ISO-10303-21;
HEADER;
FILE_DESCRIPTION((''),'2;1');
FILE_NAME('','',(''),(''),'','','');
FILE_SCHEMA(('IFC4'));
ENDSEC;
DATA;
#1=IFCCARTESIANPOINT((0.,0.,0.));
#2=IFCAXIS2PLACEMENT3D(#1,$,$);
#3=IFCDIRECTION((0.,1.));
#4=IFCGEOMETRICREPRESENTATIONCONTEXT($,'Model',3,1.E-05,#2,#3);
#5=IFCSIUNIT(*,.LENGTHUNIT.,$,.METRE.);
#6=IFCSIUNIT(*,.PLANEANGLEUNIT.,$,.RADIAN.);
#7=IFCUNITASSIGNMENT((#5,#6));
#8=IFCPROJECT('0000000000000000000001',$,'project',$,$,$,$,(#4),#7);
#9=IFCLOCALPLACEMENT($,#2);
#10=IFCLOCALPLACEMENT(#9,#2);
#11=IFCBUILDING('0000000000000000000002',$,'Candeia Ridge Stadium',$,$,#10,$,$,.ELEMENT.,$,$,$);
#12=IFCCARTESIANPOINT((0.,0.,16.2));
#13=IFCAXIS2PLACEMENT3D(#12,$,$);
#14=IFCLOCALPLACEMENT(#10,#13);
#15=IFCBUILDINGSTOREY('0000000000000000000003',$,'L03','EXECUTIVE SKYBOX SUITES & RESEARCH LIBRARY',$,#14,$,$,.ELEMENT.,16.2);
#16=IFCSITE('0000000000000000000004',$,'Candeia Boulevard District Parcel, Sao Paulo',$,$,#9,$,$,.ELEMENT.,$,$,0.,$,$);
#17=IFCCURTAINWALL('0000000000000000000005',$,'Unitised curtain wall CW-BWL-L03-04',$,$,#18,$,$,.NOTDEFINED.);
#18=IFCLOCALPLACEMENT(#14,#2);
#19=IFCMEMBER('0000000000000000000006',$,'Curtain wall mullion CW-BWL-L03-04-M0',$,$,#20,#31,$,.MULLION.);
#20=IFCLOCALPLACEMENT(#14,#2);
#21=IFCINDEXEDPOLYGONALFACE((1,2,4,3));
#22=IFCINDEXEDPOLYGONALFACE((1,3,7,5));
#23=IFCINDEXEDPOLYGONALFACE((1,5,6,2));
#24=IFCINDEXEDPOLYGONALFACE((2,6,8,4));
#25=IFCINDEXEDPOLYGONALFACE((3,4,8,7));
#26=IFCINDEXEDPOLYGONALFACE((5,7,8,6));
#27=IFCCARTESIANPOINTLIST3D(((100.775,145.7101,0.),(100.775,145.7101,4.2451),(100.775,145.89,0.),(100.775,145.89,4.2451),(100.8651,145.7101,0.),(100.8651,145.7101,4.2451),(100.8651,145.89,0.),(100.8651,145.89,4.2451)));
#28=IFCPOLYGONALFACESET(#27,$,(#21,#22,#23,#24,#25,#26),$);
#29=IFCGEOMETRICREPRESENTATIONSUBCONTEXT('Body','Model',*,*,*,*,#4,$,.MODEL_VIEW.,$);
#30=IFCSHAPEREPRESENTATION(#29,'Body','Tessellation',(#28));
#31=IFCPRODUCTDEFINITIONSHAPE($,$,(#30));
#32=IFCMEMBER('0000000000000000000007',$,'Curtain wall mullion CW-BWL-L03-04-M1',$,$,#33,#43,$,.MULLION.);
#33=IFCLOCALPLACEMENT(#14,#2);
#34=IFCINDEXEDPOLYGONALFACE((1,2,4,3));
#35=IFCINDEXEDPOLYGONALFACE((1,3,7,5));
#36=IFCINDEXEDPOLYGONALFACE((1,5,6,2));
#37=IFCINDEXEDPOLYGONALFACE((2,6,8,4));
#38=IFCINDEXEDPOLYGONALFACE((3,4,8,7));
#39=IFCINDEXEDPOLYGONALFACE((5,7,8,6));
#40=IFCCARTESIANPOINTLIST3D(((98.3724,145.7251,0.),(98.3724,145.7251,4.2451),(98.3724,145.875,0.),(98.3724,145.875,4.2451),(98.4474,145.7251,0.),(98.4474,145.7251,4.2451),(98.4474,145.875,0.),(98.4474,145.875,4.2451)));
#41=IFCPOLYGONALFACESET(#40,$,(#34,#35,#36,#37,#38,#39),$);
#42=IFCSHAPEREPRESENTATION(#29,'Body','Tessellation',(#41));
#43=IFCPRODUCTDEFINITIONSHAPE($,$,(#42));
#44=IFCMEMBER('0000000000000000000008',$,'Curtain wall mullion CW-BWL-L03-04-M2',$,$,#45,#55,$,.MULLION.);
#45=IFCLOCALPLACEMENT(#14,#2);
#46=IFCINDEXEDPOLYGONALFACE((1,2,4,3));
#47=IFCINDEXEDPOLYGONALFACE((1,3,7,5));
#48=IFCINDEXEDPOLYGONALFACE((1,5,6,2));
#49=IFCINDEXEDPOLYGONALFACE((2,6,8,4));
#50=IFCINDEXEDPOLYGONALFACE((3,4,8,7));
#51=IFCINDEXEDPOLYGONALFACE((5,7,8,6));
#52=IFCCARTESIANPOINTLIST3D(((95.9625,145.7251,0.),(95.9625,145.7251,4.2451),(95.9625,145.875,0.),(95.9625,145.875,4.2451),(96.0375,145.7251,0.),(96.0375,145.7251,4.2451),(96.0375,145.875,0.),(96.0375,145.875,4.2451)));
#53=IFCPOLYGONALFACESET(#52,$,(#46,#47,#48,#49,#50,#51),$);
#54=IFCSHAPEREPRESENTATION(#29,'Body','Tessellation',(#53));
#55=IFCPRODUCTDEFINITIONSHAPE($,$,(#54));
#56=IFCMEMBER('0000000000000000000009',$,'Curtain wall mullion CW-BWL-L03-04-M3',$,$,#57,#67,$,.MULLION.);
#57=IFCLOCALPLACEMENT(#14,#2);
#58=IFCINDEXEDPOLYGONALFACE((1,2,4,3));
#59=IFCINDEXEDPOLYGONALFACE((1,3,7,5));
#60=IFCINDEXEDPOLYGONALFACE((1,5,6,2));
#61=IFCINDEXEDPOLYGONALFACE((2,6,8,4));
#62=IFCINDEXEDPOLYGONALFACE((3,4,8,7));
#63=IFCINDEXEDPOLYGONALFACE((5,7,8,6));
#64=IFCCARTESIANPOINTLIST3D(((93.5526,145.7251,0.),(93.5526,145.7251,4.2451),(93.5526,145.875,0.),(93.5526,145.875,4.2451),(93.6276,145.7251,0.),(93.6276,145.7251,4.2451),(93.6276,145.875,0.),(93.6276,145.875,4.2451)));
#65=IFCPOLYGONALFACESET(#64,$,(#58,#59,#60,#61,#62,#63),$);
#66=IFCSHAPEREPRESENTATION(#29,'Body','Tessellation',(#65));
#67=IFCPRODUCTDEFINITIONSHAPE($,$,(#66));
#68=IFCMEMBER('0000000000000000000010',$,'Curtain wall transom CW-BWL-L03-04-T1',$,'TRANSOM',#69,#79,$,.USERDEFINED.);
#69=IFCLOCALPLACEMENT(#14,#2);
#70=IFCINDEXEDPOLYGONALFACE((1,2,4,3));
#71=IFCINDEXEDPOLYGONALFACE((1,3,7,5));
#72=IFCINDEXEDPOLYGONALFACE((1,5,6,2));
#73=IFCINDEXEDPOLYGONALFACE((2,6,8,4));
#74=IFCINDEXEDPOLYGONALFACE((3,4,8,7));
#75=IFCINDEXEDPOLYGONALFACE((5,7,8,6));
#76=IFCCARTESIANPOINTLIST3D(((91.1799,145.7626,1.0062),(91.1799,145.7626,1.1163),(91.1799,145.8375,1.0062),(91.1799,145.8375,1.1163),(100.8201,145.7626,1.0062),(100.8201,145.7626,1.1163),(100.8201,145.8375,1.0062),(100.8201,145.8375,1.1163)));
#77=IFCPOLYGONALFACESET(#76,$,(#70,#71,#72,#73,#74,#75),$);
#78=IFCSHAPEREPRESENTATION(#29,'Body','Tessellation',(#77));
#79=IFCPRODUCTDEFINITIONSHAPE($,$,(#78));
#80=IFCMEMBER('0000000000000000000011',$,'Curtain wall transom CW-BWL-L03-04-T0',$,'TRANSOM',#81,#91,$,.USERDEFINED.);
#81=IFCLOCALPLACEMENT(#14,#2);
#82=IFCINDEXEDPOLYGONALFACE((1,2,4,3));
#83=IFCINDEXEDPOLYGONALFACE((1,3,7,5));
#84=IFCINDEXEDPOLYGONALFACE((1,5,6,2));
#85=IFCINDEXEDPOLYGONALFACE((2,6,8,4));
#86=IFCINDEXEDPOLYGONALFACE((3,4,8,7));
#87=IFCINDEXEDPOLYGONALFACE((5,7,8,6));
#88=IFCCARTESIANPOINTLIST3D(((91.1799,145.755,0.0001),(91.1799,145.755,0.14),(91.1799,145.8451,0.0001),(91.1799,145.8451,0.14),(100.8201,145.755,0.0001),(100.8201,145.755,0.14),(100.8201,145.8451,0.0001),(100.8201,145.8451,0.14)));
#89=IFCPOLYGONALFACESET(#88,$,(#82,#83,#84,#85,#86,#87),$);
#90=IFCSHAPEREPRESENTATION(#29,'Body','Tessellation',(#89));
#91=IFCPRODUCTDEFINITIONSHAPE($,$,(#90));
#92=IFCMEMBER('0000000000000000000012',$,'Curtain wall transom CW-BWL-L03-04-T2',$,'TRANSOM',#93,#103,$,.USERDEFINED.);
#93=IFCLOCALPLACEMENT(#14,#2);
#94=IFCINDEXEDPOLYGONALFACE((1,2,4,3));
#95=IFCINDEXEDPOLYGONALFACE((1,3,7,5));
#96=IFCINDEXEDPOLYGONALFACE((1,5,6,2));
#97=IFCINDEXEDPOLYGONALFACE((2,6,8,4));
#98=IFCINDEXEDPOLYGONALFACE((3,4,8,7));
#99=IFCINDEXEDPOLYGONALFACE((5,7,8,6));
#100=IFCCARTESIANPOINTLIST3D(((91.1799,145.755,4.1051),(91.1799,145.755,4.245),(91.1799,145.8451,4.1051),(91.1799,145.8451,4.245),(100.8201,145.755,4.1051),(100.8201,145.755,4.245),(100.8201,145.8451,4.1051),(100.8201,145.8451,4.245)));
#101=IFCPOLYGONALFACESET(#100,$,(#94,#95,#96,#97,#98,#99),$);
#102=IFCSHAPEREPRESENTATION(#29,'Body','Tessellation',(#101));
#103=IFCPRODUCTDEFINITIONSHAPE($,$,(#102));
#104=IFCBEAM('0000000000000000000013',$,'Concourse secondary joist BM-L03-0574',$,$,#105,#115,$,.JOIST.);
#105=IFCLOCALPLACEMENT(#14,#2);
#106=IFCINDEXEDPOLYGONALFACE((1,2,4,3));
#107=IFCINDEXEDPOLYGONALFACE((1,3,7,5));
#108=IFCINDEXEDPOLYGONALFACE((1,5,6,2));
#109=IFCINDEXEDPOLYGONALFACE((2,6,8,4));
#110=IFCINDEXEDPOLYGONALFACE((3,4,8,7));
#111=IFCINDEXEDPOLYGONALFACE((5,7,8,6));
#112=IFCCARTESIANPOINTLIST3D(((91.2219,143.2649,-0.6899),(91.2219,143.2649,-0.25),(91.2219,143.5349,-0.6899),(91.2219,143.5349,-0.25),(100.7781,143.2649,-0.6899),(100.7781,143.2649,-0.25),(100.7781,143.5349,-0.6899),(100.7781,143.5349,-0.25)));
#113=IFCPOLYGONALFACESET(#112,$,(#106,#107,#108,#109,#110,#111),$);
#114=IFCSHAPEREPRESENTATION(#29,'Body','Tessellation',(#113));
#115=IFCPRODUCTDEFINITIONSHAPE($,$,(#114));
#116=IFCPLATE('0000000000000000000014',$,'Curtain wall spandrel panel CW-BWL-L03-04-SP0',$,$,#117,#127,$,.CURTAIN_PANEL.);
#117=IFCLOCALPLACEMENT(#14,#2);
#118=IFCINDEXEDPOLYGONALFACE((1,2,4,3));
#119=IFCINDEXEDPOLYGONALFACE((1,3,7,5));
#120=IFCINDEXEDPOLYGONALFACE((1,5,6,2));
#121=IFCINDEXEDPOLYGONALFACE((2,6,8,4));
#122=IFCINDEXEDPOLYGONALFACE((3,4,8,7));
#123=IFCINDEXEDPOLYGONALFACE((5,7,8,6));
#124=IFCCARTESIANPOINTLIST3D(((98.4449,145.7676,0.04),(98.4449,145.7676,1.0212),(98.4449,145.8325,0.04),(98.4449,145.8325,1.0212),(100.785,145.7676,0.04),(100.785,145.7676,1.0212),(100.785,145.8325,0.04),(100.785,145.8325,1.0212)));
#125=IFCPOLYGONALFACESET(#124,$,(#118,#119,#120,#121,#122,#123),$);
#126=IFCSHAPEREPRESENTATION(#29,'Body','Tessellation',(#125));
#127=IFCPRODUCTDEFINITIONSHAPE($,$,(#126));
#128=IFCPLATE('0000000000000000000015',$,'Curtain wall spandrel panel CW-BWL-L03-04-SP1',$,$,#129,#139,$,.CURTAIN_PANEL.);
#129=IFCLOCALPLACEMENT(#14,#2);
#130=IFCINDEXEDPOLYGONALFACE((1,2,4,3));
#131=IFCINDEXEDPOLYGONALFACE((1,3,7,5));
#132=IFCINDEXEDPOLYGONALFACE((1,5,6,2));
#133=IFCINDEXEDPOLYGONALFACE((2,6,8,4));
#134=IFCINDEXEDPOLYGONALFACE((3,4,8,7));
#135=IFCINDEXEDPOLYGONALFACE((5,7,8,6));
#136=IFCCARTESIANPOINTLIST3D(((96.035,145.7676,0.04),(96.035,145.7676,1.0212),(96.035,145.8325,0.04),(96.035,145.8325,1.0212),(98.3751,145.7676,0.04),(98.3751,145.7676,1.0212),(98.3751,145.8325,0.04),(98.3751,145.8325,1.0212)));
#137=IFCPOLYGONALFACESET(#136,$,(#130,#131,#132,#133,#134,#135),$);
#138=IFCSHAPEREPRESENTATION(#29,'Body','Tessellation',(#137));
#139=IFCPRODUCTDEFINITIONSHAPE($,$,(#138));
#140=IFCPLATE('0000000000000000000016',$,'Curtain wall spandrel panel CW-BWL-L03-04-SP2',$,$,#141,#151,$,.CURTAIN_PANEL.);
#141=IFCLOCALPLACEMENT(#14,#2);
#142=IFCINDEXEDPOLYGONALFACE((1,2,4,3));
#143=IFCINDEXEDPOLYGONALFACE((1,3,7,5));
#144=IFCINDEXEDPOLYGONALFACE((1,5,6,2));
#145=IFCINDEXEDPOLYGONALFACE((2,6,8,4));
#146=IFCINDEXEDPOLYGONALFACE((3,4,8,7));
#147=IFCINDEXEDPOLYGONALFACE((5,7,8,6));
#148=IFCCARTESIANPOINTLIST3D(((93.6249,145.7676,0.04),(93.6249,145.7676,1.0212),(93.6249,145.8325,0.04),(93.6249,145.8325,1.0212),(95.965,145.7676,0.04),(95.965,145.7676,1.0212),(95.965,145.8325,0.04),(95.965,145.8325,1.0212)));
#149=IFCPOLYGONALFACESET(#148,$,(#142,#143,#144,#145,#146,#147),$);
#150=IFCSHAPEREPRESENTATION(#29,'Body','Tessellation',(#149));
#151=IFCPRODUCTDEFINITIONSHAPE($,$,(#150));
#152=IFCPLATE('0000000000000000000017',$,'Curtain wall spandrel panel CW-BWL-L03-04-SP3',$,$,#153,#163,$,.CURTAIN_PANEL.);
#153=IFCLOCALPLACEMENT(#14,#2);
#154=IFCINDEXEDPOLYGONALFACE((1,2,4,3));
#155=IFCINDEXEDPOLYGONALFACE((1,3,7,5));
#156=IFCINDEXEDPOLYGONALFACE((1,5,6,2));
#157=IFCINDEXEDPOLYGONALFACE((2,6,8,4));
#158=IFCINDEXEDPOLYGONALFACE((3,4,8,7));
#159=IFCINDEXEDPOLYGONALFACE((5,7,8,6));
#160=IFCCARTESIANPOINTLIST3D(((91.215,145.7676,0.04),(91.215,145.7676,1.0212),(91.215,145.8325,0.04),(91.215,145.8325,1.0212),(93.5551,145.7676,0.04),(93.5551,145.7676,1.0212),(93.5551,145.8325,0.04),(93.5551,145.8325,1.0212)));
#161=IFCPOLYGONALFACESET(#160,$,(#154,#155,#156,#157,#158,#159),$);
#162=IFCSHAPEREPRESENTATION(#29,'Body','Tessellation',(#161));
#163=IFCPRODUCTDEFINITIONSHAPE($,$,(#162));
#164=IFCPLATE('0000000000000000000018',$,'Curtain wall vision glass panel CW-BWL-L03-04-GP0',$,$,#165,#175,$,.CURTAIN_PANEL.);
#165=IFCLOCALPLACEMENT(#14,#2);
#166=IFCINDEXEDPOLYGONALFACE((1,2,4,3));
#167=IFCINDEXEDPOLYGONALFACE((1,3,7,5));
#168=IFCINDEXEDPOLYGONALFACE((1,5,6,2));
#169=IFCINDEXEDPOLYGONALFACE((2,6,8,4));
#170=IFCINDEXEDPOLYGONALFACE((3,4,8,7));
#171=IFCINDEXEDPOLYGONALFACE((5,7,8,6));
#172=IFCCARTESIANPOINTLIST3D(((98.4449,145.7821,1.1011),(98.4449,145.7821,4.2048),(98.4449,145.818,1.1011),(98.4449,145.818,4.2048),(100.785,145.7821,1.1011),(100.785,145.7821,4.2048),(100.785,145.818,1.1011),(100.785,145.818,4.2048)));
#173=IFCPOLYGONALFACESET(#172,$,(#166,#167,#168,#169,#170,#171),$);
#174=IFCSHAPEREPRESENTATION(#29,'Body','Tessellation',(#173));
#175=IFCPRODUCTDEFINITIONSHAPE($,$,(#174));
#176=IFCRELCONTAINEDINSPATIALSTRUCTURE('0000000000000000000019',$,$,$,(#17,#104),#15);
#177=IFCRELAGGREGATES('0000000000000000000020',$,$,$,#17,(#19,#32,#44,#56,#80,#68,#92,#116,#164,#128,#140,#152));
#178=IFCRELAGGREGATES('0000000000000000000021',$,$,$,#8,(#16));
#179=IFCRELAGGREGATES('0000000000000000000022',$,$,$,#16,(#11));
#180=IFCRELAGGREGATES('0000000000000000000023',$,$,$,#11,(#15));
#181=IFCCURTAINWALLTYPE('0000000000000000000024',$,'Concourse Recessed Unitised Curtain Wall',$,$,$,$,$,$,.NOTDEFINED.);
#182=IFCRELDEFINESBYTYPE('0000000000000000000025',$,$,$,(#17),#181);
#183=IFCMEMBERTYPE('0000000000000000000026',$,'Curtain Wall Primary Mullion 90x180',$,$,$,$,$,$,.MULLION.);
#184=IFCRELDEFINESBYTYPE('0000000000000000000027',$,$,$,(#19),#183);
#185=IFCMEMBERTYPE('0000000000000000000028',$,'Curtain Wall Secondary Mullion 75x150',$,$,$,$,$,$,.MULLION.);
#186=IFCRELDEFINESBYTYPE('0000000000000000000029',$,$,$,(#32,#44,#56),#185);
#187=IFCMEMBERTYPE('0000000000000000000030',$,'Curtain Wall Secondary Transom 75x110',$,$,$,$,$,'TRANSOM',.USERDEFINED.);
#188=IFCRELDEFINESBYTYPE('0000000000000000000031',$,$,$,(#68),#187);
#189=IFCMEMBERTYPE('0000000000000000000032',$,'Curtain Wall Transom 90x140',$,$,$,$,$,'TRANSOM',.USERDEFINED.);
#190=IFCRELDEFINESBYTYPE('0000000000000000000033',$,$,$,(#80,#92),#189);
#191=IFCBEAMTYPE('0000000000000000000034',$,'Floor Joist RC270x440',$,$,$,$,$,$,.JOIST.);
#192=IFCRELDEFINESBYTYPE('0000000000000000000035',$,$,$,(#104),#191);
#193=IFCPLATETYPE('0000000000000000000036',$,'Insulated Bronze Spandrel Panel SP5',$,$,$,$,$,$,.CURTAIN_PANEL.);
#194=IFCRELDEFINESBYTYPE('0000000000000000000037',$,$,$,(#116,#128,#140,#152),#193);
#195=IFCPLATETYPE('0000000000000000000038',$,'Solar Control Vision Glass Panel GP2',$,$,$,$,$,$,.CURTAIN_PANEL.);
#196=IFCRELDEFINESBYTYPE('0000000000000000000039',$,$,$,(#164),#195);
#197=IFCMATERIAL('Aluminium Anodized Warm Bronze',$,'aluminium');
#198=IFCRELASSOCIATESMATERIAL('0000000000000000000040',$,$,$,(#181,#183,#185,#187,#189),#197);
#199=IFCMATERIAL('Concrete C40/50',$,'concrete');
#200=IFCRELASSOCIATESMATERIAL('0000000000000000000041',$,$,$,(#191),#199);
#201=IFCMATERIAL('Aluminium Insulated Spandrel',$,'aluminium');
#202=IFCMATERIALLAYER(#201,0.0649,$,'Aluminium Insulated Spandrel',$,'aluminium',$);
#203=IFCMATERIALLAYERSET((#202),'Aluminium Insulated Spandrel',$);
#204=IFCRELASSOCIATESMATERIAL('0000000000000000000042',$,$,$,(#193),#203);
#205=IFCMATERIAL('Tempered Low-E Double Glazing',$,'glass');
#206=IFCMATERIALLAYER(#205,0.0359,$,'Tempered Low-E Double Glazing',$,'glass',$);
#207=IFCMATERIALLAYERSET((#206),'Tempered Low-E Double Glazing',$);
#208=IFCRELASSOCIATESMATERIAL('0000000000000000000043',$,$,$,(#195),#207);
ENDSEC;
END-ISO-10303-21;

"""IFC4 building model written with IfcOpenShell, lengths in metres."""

from ifc_helpers import new_model, si_unit, direction, frame, origin, origin_2d, place, context, subcontext, project, spatial, rectangle, extrude, material, layer, layer_set, material_profile, profile_set, type_object, element, aggregate, save


model = new_model("IFC4")

# Units and contexts
model_context = context("Model", 3, precision=1e-05, world=origin(), true_north=direction((0.0, 1.0)))
body_context = subcontext(model_context, "Body", "Model", "MODEL_VIEW")
ifc_project = project(units=[si_unit("LENGTHUNIT", "METRE"), si_unit("PLANEANGLEUNIT", "RADIAN")], contexts=[model_context])

# Site, building, storey
site_placement = place(None, origin())
site = spatial("IfcSite", under=ifc_project, at=site_placement, Name="Candeia Boulevard District Parcel, Sao Paulo", CompositionType="ELEMENT", RefElevation=0.0)
building_placement = place(site_placement, origin())
building = spatial("IfcBuilding", under=site, at=building_placement, Name="Candeia Ridge Stadium", CompositionType="ELEMENT")
storey_placement = place(building_placement, frame((0.0, 0.0, 16.2)))
storey = spatial("IfcBuildingStorey", under=building, at=storey_placement, Name="L03", Description="EXECUTIVE SKYBOX SUITES & RESEARCH LIBRARY", CompositionType="ELEMENT", Elevation=16.2)

# Curtain wall, members
ifc_material_1 = material(Name="Aluminium Anodized Warm Bronze", Category="aluminium")
curtain_wall_type = type_object("IfcCurtainWallType", Name="Concourse Recessed Unitised Curtain Wall", PredefinedType="NOTDEFINED", material=ifc_material_1)
curtain_wall_placement = place(storey_placement, origin())
curtain_wall = element("IfcCurtainWall", 1, at=curtain_wall_placement, inside=storey, type_object=curtain_wall_type, Name="Unitised curtain wall CW-BWL-L03-04", PredefinedType="NOTDEFINED")
ifc_material_profile_1 = material_profile(ifc_material_1, rectangle(XDim=0.0901, YDim=0.1799, at=origin_2d()), Name="CWM-90x180", Category="aluminium")
ifc_profile_set_1 = profile_set([ifc_material_profile_1], Name="Aluminium Anodized Warm Bronze")
member_type_1 = type_object("IfcMemberType", Name="Curtain Wall Primary Mullion 90x180", PredefinedType="MULLION", material=ifc_profile_set_1)
member_1_placement = place(storey_placement, frame((100.8201, 145.8, 0.0), z_axis=(0.0, 0.0, 1.0), x_axis=(1.0, 0.0, 0.0)))
member_1 = element("IfcMember", 2, at=member_1_placement, type_object=member_type_1, Name="Curtain wall mullion CW-BWL-L03-04-M0", PredefinedType="MULLION", context=body_context, shape_type="SweptSolid", body=[
    extrude(rectangle(XDim=0.0901, YDim=0.1799, at=origin_2d()), origin(), (0.0, 0.0, 1.0), 4.2451),
])
ifc_material_profile_2 = material_profile(ifc_material_1, rectangle(XDim=0.075, YDim=0.1499, at=origin_2d()), Name="CWM-75x150", Category="aluminium")
ifc_profile_set_2 = profile_set([ifc_material_profile_2], Name="Aluminium Anodized Warm Bronze")
member_type_2 = type_object("IfcMemberType", Name="Curtain Wall Secondary Mullion 75x150", PredefinedType="MULLION", material=ifc_profile_set_2)
member_2_placement = place(storey_placement, frame((98.4099, 145.8, 0.0), z_axis=(0.0, 0.0, 1.0), x_axis=(1.0, 0.0, 0.0)))
member_2 = element("IfcMember", 3, at=member_2_placement, type_object=member_type_2, Name="Curtain wall mullion CW-BWL-L03-04-M1", PredefinedType="MULLION", context=body_context, shape_type="SweptSolid", body=[
    extrude(rectangle(XDim=0.075, YDim=0.1499, at=origin_2d()), origin(), (0.0, 0.0, 1.0), 4.2451),
])
member_3_placement = place(storey_placement, frame((96.0, 145.8, 0.0), z_axis=(0.0, 0.0, 1.0), x_axis=(1.0, 0.0, 0.0)))
member_3 = element("IfcMember", 4, at=member_3_placement, type_object=member_type_2, Name="Curtain wall mullion CW-BWL-L03-04-M2", PredefinedType="MULLION", context=body_context, shape_type="SweptSolid", body=[
    extrude(rectangle(XDim=0.075, YDim=0.1499, at=origin_2d()), origin(), (0.0, 0.0, 1.0), 4.2451),
])
member_4_placement = place(storey_placement, frame((93.5901, 145.8, 0.0), z_axis=(0.0, 0.0, 1.0), x_axis=(1.0, 0.0, 0.0)))
member_4 = element("IfcMember", 5, at=member_4_placement, type_object=member_type_2, Name="Curtain wall mullion CW-BWL-L03-04-M3", PredefinedType="MULLION", context=body_context, shape_type="SweptSolid", body=[
    extrude(rectangle(XDim=0.075, YDim=0.1499, at=origin_2d()), origin(), (0.0, 0.0, 1.0), 4.2451),
])
ifc_material_profile_3 = material_profile(ifc_material_1, rectangle(XDim=0.075, YDim=0.1101, at=origin_2d()), Name="CWT-75x110", Category="aluminium")
ifc_profile_set_3 = profile_set([ifc_material_profile_3], Name="Aluminium Anodized Warm Bronze")
member_type_3 = type_object("IfcMemberType", Name="Curtain Wall Secondary Transom 75x110", ElementType="TRANSOM", PredefinedType="USERDEFINED", material=ifc_profile_set_3)
member_5_placement = place(storey_placement, frame((100.8201, 145.8, 1.0613), z_axis=(-1.0, 0.0, 0.0), x_axis=(0.0, -1.0, 0.0)))
member_5 = element("IfcMember", 6, at=member_5_placement, type_object=member_type_3, Name="Curtain wall transom CW-BWL-L03-04-T1", ObjectType="TRANSOM", PredefinedType="USERDEFINED", context=body_context, shape_type="SweptSolid", body=[
    extrude(rectangle(XDim=0.075, YDim=0.1101, at=origin_2d()), origin(), (0.0, 0.0, 1.0), 9.6401),
])
ifc_material_profile_4 = material_profile(ifc_material_1, rectangle(XDim=0.0901, YDim=0.1399, at=origin_2d()), Name="CWT-90x140", Category="aluminium")
ifc_profile_set_4 = profile_set([ifc_material_profile_4], Name="Aluminium Anodized Warm Bronze")
member_type_4 = type_object("IfcMemberType", Name="Curtain Wall Transom 90x140", ElementType="TRANSOM", PredefinedType="USERDEFINED", material=ifc_profile_set_4)
member_6_placement = place(storey_placement, frame((100.8201, 145.8, 0.0701), z_axis=(-1.0, 0.0, 0.0), x_axis=(0.0, -1.0, 0.0)))
member_6 = element("IfcMember", 7, at=member_6_placement, type_object=member_type_4, Name="Curtain wall transom CW-BWL-L03-04-T0", ObjectType="TRANSOM", PredefinedType="USERDEFINED", context=body_context, shape_type="SweptSolid", body=[
    extrude(rectangle(XDim=0.0901, YDim=0.1399, at=origin_2d()), origin(), (0.0, 0.0, 1.0), 9.6401),
])
member_7_placement = place(storey_placement, frame((100.8201, 145.8, 4.175), z_axis=(-1.0, 0.0, 0.0), x_axis=(0.0, -1.0, 0.0)))
member_7 = element("IfcMember", 8, at=member_7_placement, type_object=member_type_4, Name="Curtain wall transom CW-BWL-L03-04-T2", ObjectType="TRANSOM", PredefinedType="USERDEFINED", context=body_context, shape_type="SweptSolid", body=[
    extrude(rectangle(XDim=0.0901, YDim=0.1399, at=origin_2d()), origin(), (0.0, 0.0, 1.0), 9.6401),
])

# Beam
ifc_material_2 = material(Name="Concrete C40/50", Category="concrete")
ifc_material_profile_5 = material_profile(ifc_material_2, rectangle(XDim=0.27, YDim=0.4399, at=origin_2d()), Name="RC270x440", Category="concrete")
ifc_profile_set_5 = profile_set([ifc_material_profile_5], Name="Concrete C40/50")
beam_type = type_object("IfcBeamType", Name="Floor Joist RC270x440", PredefinedType="JOIST", material=ifc_profile_set_5)
beam_placement = place(storey_placement, frame((100.7781, 143.3999, -0.47), z_axis=(-1.0, 0.0, 0.0), x_axis=(0.0, -1.0, 0.0)))
element("IfcBeam", 9, at=beam_placement, inside=storey, type_object=beam_type, Name="Concourse secondary joist BM-L03-0574", PredefinedType="JOIST", context=body_context, shape_type="SweptSolid", body=[
    extrude(rectangle(XDim=0.27, YDim=0.4399, at=origin_2d()), origin(), (0.0, 0.0, 1.0), 9.5562),
])

# Plates
ifc_material_3 = material(Name="Aluminium Insulated Spandrel", Category="aluminium")
ifc_layer_1 = layer(ifc_material_3, 0.0649, Name="Aluminium Insulated Spandrel", Category="aluminium")
ifc_layer_set_1 = layer_set([ifc_layer_1], Name="Aluminium Insulated Spandrel")
plate_type_1 = type_object("IfcPlateType", Name="Insulated Bronze Spandrel Panel SP5", PredefinedType="CURTAIN_PANEL", material=ifc_layer_set_1)
plate_1_placement = place(storey_placement, frame((99.615, 145.8, 0.04), z_axis=(0.0, 0.0, 1.0), x_axis=(-1.0, 0.0, 0.0)))
plate_1 = element("IfcPlate", 10, at=plate_1_placement, type_object=plate_type_1, Name="Curtain wall spandrel panel CW-BWL-L03-04-SP0", PredefinedType="CURTAIN_PANEL", context=body_context, shape_type="SweptSolid", body=[
    extrude(rectangle(XDim=2.3401, YDim=0.0649, at=origin_2d()), origin(), (0.0, 0.0, 1.0), 0.9812),
])
plate_2_placement = place(storey_placement, frame((97.2051, 145.8, 0.04), z_axis=(0.0, 0.0, 1.0), x_axis=(-1.0, 0.0, 0.0)))
plate_2 = element("IfcPlate", 11, at=plate_2_placement, type_object=plate_type_1, Name="Curtain wall spandrel panel CW-BWL-L03-04-SP1", PredefinedType="CURTAIN_PANEL", context=body_context, shape_type="SweptSolid", body=[
    extrude(rectangle(XDim=2.3401, YDim=0.0649, at=origin_2d()), origin(), (0.0, 0.0, 1.0), 0.9812),
])
plate_3_placement = place(storey_placement, frame((94.7949, 145.8, 0.04), z_axis=(0.0, 0.0, 1.0), x_axis=(-1.0, 0.0, 0.0)))
plate_3 = element("IfcPlate", 12, at=plate_3_placement, type_object=plate_type_1, Name="Curtain wall spandrel panel CW-BWL-L03-04-SP2", PredefinedType="CURTAIN_PANEL", context=body_context, shape_type="SweptSolid", body=[
    extrude(rectangle(XDim=2.3401, YDim=0.0649, at=origin_2d()), origin(), (0.0, 0.0, 1.0), 0.9812),
])
plate_4_placement = place(storey_placement, frame((92.385, 145.8, 0.04), z_axis=(0.0, 0.0, 1.0), x_axis=(-1.0, 0.0, 0.0)))
plate_4 = element("IfcPlate", 13, at=plate_4_placement, type_object=plate_type_1, Name="Curtain wall spandrel panel CW-BWL-L03-04-SP3", PredefinedType="CURTAIN_PANEL", context=body_context, shape_type="SweptSolid", body=[
    extrude(rectangle(XDim=2.3401, YDim=0.0649, at=origin_2d()), origin(), (0.0, 0.0, 1.0), 0.9812),
])
ifc_material_4 = material(Name="Tempered Low-E Double Glazing", Category="glass")
ifc_layer_2 = layer(ifc_material_4, 0.0359, Name="Tempered Low-E Double Glazing", Category="glass")
ifc_layer_set_2 = layer_set([ifc_layer_2], Name="Tempered Low-E Double Glazing")
plate_type_2 = type_object("IfcPlateType", Name="Solar Control Vision Glass Panel GP2", PredefinedType="CURTAIN_PANEL", material=ifc_layer_set_2)
plate_5_placement = place(storey_placement, frame((99.615, 145.8, 1.1011), z_axis=(0.0, 0.0, 1.0), x_axis=(-1.0, 0.0, 0.0)))
plate_5 = element("IfcPlate", 14, at=plate_5_placement, type_object=plate_type_2, Name="Curtain wall vision glass panel CW-BWL-L03-04-GP0", PredefinedType="CURTAIN_PANEL", context=body_context, shape_type="SweptSolid", body=[
    extrude(rectangle(XDim=2.3401, YDim=0.0359, at=origin_2d()), origin(), (0.0, 0.0, 1.0), 3.1038),
])
aggregate(curtain_wall, [member_1, member_2, member_3, member_4, member_6, member_5, member_7, plate_1, plate_5, plate_2, plate_3, plate_4])

save(model, "model.ifc")
